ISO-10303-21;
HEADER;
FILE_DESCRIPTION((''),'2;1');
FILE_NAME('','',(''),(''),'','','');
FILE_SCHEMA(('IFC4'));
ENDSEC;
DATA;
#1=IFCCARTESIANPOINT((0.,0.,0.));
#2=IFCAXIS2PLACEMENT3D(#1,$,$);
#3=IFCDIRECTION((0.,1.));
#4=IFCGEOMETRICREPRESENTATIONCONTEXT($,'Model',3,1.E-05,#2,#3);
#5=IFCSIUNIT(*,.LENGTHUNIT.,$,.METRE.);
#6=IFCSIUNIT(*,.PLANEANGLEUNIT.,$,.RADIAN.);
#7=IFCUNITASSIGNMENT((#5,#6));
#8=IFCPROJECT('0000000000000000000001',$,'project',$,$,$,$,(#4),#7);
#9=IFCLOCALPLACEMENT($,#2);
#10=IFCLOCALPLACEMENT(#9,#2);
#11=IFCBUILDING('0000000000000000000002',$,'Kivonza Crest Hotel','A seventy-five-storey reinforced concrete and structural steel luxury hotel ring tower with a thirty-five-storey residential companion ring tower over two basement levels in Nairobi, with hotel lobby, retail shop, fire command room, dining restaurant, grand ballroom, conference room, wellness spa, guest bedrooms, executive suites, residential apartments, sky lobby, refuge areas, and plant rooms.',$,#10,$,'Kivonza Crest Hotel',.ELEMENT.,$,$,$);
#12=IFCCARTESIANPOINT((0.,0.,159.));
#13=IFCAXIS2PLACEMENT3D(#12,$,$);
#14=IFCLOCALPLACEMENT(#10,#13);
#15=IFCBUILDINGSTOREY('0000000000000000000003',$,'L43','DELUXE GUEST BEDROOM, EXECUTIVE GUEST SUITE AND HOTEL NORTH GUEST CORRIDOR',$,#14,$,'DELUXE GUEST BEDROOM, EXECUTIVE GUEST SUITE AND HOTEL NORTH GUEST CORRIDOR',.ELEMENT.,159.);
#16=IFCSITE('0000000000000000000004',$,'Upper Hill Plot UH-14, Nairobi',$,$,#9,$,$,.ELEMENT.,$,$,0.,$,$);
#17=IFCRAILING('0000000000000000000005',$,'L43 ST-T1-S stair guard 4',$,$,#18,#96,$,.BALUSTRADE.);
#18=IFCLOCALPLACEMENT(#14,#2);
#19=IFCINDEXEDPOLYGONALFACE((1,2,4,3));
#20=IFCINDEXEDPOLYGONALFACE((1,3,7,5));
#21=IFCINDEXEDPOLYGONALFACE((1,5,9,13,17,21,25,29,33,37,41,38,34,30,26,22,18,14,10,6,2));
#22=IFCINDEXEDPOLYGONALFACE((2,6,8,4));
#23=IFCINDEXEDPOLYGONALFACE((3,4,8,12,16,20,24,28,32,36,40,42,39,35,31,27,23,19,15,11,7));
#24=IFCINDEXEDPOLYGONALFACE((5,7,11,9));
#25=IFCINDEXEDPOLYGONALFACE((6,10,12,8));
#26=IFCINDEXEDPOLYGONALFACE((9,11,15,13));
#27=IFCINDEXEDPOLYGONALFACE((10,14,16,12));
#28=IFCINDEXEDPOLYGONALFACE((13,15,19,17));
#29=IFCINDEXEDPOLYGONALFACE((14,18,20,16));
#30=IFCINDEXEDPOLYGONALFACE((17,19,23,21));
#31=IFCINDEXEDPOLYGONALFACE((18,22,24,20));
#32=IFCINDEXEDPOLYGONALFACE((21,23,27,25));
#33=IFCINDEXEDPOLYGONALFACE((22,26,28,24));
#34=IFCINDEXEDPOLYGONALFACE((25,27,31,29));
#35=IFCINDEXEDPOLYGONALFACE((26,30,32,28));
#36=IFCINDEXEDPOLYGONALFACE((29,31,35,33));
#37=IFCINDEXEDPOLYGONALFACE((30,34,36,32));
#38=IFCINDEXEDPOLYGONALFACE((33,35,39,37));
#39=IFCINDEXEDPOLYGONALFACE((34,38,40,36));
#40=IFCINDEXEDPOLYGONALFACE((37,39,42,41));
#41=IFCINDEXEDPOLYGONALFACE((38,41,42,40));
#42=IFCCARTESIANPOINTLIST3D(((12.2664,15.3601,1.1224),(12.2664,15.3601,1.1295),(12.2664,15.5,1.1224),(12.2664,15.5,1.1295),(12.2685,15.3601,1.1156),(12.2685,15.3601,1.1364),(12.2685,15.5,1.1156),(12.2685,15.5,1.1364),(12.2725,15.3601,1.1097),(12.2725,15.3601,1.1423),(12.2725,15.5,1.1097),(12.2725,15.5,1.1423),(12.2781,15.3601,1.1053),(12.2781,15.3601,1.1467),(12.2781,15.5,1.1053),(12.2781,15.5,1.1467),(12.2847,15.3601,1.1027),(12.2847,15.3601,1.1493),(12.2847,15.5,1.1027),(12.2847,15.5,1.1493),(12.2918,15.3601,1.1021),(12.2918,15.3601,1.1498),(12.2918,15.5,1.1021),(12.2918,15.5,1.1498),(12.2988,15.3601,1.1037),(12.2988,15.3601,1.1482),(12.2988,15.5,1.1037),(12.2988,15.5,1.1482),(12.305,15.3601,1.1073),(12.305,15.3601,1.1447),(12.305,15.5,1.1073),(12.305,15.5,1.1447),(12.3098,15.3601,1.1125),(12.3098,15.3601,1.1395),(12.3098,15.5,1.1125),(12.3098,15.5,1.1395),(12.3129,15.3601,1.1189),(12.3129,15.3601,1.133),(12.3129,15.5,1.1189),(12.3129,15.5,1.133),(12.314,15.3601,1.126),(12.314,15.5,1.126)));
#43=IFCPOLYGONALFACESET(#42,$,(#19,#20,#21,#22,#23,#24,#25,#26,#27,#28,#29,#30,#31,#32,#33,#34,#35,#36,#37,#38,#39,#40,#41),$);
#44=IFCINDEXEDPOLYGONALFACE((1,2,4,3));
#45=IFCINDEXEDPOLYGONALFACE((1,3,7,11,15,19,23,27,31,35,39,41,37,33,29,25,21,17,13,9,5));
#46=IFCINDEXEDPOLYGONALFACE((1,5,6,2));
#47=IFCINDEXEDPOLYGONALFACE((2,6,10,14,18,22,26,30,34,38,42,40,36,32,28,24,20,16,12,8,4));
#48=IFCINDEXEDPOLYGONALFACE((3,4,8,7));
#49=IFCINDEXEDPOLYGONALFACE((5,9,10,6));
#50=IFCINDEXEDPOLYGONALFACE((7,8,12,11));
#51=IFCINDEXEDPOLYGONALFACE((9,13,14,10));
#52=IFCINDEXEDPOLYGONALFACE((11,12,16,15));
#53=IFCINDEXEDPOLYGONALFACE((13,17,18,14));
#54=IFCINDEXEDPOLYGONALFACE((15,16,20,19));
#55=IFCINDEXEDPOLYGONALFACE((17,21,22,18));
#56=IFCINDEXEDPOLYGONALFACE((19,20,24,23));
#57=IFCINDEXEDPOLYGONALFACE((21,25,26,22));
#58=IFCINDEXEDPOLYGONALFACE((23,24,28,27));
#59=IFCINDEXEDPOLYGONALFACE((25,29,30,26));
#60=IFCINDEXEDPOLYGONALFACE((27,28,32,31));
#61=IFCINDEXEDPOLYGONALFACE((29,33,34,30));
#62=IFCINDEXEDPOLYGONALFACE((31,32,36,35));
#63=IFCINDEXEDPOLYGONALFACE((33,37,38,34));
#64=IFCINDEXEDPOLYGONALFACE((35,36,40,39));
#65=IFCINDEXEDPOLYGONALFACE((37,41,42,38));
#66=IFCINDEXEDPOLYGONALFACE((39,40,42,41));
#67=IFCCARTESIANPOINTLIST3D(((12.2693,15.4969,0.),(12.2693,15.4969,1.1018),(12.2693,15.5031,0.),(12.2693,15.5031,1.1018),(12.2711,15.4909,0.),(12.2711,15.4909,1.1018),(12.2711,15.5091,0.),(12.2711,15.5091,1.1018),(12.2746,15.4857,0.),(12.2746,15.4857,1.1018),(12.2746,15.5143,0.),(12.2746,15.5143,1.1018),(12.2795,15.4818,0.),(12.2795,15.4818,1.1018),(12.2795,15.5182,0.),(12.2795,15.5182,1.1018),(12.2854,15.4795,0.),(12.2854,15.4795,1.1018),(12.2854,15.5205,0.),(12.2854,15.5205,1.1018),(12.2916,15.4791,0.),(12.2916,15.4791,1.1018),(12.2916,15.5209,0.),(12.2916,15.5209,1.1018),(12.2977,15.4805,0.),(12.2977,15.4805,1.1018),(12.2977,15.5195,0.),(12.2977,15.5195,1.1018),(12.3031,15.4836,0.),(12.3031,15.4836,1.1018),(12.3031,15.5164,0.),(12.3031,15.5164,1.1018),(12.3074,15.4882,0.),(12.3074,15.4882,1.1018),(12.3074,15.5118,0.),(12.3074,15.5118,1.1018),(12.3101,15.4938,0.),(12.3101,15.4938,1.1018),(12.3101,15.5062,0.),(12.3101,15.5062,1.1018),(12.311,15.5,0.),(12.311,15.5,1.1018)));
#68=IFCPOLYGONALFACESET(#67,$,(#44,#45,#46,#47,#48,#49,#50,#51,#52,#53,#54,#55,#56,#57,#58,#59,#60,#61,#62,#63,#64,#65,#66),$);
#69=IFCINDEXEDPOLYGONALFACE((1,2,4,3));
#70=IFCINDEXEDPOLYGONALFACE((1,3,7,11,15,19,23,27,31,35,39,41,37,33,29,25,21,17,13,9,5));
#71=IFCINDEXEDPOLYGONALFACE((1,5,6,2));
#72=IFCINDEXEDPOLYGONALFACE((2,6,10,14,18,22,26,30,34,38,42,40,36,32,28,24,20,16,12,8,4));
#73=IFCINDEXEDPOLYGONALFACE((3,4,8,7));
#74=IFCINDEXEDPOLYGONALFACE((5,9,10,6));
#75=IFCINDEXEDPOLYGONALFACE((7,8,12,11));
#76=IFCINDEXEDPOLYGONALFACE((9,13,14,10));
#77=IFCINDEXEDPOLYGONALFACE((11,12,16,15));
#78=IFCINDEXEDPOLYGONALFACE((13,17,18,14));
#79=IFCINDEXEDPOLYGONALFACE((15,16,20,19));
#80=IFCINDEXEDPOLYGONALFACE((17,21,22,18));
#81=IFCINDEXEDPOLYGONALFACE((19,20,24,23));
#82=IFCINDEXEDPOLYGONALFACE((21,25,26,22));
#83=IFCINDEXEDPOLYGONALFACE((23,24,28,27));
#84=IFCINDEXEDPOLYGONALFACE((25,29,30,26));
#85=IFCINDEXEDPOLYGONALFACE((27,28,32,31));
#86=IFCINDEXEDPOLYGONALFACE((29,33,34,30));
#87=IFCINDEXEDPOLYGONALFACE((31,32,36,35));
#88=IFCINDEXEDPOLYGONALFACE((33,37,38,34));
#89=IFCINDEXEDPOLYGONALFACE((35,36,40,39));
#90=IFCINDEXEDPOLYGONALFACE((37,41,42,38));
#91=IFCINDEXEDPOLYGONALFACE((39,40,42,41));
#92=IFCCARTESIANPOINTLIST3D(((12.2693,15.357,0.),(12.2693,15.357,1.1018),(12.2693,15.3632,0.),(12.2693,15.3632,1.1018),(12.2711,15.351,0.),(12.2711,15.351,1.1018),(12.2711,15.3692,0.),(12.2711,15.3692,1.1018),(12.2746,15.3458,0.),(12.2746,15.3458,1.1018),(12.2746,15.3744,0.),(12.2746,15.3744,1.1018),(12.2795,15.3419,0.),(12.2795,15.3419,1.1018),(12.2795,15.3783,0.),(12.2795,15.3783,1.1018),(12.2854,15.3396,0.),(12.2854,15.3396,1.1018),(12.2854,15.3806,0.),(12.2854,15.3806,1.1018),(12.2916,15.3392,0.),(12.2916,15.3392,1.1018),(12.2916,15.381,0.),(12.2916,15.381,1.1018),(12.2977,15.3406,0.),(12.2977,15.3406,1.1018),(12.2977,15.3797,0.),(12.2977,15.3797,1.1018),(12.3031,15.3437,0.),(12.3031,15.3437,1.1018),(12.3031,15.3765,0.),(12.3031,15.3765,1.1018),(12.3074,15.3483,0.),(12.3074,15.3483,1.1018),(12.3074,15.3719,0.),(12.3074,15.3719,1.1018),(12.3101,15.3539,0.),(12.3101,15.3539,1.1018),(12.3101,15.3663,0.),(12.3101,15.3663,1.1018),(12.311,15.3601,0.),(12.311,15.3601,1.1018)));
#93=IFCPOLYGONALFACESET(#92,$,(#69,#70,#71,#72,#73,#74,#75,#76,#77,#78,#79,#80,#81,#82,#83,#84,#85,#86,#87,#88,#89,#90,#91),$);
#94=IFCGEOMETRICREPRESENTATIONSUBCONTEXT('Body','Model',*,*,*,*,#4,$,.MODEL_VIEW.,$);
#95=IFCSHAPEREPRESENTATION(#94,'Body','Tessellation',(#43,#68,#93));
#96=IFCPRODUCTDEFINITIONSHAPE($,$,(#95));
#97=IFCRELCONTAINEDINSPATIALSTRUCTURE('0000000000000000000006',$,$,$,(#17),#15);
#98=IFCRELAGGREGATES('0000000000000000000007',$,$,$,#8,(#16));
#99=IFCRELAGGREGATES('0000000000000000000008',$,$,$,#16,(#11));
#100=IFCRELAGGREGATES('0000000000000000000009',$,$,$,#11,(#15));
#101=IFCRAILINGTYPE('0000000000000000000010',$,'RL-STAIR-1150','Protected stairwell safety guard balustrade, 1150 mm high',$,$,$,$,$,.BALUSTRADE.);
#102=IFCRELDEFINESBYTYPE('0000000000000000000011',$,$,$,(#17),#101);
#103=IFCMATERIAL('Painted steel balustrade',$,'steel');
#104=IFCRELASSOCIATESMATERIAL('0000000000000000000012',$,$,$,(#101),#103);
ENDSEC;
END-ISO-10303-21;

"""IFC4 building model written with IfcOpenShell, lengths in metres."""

from ifc_helpers import new_model, si_unit, direction, frame, origin, origin_2d, place, context, subcontext, project, spatial, circle, extrude, material, type_object, element, save


model = new_model("IFC4")

# Units and contexts
model_context = context("Model", 3, precision=1e-05, world=origin(), true_north=direction((0.0, 1.0)))
body_context = subcontext(model_context, "Body", "Model", "MODEL_VIEW")
ifc_project = project(units=[si_unit("LENGTHUNIT", "METRE"), si_unit("PLANEANGLEUNIT", "RADIAN")], contexts=[model_context])

# Site, building, storey
site_placement = place(None, origin())
site = spatial("IfcSite", under=ifc_project, at=site_placement, Name="Upper Hill Plot UH-14, Nairobi", CompositionType="ELEMENT", RefElevation=0.0)
building_placement = place(site_placement, origin())
building = spatial("IfcBuilding", under=site, at=building_placement, Name="Kivonza Crest Hotel", Description="A seventy-five-storey reinforced concrete and structural steel luxury hotel ring tower with a thirty-five-storey residential companion ring tower over two basement levels in Nairobi, with hotel lobby, retail shop, fire command room, dining restaurant, grand ballroom, conference room, wellness spa, guest bedrooms, executive suites, residential apartments, sky lobby, refuge areas, and plant rooms.", LongName="Kivonza Crest Hotel", CompositionType="ELEMENT")
storey_placement = place(building_placement, frame((0.0, 0.0, 159.0)))
storey = spatial("IfcBuildingStorey", under=building, at=storey_placement, Name="L43", Description="DELUXE GUEST BEDROOM, EXECUTIVE GUEST SUITE AND HOTEL NORTH GUEST CORRIDOR", LongName="DELUXE GUEST BEDROOM, EXECUTIVE GUEST SUITE AND HOTEL NORTH GUEST CORRIDOR", CompositionType="ELEMENT", Elevation=159.0)

# Railing
ifc_material_1 = material(Name="Painted steel balustrade", Category="steel")
railing_type_1 = type_object("IfcRailingType", Name="RL-STAIR-1150", Description="Protected stairwell safety guard balustrade, 1150 mm high", PredefinedType="BALUSTRADE", material=ifc_material_1)
railing_1_placement = place(storey_placement, frame((12.29, 15.5, 0.0)))
element("IfcRailing", 1, at=railing_1_placement, inside=storey, type_object=railing_type_1, Name="L43 ST-T1-S stair guard 4", PredefinedType="BALUSTRADE", context=body_context, shape_type="SweptSolid", body=[
    extrude(circle(Radius=0.0239, at=origin_2d()), frame((0.0, 0.0, 1.126), z_axis=(0.0, -1.0, 0.0), x_axis=(1.0, 0.0, 0.0)), (0.0, 0.0, 1.0), 0.1399),
    extrude(circle(Radius=0.021, at=origin_2d()), origin(), (0.0, 0.0, 1.0), 1.1018),
    extrude(circle(Radius=0.021, at=origin_2d()), frame((0.0, -0.1399, 0.0)), (0.0, 0.0, 1.0), 1.1018),
])

save(model, "model.ifc")
